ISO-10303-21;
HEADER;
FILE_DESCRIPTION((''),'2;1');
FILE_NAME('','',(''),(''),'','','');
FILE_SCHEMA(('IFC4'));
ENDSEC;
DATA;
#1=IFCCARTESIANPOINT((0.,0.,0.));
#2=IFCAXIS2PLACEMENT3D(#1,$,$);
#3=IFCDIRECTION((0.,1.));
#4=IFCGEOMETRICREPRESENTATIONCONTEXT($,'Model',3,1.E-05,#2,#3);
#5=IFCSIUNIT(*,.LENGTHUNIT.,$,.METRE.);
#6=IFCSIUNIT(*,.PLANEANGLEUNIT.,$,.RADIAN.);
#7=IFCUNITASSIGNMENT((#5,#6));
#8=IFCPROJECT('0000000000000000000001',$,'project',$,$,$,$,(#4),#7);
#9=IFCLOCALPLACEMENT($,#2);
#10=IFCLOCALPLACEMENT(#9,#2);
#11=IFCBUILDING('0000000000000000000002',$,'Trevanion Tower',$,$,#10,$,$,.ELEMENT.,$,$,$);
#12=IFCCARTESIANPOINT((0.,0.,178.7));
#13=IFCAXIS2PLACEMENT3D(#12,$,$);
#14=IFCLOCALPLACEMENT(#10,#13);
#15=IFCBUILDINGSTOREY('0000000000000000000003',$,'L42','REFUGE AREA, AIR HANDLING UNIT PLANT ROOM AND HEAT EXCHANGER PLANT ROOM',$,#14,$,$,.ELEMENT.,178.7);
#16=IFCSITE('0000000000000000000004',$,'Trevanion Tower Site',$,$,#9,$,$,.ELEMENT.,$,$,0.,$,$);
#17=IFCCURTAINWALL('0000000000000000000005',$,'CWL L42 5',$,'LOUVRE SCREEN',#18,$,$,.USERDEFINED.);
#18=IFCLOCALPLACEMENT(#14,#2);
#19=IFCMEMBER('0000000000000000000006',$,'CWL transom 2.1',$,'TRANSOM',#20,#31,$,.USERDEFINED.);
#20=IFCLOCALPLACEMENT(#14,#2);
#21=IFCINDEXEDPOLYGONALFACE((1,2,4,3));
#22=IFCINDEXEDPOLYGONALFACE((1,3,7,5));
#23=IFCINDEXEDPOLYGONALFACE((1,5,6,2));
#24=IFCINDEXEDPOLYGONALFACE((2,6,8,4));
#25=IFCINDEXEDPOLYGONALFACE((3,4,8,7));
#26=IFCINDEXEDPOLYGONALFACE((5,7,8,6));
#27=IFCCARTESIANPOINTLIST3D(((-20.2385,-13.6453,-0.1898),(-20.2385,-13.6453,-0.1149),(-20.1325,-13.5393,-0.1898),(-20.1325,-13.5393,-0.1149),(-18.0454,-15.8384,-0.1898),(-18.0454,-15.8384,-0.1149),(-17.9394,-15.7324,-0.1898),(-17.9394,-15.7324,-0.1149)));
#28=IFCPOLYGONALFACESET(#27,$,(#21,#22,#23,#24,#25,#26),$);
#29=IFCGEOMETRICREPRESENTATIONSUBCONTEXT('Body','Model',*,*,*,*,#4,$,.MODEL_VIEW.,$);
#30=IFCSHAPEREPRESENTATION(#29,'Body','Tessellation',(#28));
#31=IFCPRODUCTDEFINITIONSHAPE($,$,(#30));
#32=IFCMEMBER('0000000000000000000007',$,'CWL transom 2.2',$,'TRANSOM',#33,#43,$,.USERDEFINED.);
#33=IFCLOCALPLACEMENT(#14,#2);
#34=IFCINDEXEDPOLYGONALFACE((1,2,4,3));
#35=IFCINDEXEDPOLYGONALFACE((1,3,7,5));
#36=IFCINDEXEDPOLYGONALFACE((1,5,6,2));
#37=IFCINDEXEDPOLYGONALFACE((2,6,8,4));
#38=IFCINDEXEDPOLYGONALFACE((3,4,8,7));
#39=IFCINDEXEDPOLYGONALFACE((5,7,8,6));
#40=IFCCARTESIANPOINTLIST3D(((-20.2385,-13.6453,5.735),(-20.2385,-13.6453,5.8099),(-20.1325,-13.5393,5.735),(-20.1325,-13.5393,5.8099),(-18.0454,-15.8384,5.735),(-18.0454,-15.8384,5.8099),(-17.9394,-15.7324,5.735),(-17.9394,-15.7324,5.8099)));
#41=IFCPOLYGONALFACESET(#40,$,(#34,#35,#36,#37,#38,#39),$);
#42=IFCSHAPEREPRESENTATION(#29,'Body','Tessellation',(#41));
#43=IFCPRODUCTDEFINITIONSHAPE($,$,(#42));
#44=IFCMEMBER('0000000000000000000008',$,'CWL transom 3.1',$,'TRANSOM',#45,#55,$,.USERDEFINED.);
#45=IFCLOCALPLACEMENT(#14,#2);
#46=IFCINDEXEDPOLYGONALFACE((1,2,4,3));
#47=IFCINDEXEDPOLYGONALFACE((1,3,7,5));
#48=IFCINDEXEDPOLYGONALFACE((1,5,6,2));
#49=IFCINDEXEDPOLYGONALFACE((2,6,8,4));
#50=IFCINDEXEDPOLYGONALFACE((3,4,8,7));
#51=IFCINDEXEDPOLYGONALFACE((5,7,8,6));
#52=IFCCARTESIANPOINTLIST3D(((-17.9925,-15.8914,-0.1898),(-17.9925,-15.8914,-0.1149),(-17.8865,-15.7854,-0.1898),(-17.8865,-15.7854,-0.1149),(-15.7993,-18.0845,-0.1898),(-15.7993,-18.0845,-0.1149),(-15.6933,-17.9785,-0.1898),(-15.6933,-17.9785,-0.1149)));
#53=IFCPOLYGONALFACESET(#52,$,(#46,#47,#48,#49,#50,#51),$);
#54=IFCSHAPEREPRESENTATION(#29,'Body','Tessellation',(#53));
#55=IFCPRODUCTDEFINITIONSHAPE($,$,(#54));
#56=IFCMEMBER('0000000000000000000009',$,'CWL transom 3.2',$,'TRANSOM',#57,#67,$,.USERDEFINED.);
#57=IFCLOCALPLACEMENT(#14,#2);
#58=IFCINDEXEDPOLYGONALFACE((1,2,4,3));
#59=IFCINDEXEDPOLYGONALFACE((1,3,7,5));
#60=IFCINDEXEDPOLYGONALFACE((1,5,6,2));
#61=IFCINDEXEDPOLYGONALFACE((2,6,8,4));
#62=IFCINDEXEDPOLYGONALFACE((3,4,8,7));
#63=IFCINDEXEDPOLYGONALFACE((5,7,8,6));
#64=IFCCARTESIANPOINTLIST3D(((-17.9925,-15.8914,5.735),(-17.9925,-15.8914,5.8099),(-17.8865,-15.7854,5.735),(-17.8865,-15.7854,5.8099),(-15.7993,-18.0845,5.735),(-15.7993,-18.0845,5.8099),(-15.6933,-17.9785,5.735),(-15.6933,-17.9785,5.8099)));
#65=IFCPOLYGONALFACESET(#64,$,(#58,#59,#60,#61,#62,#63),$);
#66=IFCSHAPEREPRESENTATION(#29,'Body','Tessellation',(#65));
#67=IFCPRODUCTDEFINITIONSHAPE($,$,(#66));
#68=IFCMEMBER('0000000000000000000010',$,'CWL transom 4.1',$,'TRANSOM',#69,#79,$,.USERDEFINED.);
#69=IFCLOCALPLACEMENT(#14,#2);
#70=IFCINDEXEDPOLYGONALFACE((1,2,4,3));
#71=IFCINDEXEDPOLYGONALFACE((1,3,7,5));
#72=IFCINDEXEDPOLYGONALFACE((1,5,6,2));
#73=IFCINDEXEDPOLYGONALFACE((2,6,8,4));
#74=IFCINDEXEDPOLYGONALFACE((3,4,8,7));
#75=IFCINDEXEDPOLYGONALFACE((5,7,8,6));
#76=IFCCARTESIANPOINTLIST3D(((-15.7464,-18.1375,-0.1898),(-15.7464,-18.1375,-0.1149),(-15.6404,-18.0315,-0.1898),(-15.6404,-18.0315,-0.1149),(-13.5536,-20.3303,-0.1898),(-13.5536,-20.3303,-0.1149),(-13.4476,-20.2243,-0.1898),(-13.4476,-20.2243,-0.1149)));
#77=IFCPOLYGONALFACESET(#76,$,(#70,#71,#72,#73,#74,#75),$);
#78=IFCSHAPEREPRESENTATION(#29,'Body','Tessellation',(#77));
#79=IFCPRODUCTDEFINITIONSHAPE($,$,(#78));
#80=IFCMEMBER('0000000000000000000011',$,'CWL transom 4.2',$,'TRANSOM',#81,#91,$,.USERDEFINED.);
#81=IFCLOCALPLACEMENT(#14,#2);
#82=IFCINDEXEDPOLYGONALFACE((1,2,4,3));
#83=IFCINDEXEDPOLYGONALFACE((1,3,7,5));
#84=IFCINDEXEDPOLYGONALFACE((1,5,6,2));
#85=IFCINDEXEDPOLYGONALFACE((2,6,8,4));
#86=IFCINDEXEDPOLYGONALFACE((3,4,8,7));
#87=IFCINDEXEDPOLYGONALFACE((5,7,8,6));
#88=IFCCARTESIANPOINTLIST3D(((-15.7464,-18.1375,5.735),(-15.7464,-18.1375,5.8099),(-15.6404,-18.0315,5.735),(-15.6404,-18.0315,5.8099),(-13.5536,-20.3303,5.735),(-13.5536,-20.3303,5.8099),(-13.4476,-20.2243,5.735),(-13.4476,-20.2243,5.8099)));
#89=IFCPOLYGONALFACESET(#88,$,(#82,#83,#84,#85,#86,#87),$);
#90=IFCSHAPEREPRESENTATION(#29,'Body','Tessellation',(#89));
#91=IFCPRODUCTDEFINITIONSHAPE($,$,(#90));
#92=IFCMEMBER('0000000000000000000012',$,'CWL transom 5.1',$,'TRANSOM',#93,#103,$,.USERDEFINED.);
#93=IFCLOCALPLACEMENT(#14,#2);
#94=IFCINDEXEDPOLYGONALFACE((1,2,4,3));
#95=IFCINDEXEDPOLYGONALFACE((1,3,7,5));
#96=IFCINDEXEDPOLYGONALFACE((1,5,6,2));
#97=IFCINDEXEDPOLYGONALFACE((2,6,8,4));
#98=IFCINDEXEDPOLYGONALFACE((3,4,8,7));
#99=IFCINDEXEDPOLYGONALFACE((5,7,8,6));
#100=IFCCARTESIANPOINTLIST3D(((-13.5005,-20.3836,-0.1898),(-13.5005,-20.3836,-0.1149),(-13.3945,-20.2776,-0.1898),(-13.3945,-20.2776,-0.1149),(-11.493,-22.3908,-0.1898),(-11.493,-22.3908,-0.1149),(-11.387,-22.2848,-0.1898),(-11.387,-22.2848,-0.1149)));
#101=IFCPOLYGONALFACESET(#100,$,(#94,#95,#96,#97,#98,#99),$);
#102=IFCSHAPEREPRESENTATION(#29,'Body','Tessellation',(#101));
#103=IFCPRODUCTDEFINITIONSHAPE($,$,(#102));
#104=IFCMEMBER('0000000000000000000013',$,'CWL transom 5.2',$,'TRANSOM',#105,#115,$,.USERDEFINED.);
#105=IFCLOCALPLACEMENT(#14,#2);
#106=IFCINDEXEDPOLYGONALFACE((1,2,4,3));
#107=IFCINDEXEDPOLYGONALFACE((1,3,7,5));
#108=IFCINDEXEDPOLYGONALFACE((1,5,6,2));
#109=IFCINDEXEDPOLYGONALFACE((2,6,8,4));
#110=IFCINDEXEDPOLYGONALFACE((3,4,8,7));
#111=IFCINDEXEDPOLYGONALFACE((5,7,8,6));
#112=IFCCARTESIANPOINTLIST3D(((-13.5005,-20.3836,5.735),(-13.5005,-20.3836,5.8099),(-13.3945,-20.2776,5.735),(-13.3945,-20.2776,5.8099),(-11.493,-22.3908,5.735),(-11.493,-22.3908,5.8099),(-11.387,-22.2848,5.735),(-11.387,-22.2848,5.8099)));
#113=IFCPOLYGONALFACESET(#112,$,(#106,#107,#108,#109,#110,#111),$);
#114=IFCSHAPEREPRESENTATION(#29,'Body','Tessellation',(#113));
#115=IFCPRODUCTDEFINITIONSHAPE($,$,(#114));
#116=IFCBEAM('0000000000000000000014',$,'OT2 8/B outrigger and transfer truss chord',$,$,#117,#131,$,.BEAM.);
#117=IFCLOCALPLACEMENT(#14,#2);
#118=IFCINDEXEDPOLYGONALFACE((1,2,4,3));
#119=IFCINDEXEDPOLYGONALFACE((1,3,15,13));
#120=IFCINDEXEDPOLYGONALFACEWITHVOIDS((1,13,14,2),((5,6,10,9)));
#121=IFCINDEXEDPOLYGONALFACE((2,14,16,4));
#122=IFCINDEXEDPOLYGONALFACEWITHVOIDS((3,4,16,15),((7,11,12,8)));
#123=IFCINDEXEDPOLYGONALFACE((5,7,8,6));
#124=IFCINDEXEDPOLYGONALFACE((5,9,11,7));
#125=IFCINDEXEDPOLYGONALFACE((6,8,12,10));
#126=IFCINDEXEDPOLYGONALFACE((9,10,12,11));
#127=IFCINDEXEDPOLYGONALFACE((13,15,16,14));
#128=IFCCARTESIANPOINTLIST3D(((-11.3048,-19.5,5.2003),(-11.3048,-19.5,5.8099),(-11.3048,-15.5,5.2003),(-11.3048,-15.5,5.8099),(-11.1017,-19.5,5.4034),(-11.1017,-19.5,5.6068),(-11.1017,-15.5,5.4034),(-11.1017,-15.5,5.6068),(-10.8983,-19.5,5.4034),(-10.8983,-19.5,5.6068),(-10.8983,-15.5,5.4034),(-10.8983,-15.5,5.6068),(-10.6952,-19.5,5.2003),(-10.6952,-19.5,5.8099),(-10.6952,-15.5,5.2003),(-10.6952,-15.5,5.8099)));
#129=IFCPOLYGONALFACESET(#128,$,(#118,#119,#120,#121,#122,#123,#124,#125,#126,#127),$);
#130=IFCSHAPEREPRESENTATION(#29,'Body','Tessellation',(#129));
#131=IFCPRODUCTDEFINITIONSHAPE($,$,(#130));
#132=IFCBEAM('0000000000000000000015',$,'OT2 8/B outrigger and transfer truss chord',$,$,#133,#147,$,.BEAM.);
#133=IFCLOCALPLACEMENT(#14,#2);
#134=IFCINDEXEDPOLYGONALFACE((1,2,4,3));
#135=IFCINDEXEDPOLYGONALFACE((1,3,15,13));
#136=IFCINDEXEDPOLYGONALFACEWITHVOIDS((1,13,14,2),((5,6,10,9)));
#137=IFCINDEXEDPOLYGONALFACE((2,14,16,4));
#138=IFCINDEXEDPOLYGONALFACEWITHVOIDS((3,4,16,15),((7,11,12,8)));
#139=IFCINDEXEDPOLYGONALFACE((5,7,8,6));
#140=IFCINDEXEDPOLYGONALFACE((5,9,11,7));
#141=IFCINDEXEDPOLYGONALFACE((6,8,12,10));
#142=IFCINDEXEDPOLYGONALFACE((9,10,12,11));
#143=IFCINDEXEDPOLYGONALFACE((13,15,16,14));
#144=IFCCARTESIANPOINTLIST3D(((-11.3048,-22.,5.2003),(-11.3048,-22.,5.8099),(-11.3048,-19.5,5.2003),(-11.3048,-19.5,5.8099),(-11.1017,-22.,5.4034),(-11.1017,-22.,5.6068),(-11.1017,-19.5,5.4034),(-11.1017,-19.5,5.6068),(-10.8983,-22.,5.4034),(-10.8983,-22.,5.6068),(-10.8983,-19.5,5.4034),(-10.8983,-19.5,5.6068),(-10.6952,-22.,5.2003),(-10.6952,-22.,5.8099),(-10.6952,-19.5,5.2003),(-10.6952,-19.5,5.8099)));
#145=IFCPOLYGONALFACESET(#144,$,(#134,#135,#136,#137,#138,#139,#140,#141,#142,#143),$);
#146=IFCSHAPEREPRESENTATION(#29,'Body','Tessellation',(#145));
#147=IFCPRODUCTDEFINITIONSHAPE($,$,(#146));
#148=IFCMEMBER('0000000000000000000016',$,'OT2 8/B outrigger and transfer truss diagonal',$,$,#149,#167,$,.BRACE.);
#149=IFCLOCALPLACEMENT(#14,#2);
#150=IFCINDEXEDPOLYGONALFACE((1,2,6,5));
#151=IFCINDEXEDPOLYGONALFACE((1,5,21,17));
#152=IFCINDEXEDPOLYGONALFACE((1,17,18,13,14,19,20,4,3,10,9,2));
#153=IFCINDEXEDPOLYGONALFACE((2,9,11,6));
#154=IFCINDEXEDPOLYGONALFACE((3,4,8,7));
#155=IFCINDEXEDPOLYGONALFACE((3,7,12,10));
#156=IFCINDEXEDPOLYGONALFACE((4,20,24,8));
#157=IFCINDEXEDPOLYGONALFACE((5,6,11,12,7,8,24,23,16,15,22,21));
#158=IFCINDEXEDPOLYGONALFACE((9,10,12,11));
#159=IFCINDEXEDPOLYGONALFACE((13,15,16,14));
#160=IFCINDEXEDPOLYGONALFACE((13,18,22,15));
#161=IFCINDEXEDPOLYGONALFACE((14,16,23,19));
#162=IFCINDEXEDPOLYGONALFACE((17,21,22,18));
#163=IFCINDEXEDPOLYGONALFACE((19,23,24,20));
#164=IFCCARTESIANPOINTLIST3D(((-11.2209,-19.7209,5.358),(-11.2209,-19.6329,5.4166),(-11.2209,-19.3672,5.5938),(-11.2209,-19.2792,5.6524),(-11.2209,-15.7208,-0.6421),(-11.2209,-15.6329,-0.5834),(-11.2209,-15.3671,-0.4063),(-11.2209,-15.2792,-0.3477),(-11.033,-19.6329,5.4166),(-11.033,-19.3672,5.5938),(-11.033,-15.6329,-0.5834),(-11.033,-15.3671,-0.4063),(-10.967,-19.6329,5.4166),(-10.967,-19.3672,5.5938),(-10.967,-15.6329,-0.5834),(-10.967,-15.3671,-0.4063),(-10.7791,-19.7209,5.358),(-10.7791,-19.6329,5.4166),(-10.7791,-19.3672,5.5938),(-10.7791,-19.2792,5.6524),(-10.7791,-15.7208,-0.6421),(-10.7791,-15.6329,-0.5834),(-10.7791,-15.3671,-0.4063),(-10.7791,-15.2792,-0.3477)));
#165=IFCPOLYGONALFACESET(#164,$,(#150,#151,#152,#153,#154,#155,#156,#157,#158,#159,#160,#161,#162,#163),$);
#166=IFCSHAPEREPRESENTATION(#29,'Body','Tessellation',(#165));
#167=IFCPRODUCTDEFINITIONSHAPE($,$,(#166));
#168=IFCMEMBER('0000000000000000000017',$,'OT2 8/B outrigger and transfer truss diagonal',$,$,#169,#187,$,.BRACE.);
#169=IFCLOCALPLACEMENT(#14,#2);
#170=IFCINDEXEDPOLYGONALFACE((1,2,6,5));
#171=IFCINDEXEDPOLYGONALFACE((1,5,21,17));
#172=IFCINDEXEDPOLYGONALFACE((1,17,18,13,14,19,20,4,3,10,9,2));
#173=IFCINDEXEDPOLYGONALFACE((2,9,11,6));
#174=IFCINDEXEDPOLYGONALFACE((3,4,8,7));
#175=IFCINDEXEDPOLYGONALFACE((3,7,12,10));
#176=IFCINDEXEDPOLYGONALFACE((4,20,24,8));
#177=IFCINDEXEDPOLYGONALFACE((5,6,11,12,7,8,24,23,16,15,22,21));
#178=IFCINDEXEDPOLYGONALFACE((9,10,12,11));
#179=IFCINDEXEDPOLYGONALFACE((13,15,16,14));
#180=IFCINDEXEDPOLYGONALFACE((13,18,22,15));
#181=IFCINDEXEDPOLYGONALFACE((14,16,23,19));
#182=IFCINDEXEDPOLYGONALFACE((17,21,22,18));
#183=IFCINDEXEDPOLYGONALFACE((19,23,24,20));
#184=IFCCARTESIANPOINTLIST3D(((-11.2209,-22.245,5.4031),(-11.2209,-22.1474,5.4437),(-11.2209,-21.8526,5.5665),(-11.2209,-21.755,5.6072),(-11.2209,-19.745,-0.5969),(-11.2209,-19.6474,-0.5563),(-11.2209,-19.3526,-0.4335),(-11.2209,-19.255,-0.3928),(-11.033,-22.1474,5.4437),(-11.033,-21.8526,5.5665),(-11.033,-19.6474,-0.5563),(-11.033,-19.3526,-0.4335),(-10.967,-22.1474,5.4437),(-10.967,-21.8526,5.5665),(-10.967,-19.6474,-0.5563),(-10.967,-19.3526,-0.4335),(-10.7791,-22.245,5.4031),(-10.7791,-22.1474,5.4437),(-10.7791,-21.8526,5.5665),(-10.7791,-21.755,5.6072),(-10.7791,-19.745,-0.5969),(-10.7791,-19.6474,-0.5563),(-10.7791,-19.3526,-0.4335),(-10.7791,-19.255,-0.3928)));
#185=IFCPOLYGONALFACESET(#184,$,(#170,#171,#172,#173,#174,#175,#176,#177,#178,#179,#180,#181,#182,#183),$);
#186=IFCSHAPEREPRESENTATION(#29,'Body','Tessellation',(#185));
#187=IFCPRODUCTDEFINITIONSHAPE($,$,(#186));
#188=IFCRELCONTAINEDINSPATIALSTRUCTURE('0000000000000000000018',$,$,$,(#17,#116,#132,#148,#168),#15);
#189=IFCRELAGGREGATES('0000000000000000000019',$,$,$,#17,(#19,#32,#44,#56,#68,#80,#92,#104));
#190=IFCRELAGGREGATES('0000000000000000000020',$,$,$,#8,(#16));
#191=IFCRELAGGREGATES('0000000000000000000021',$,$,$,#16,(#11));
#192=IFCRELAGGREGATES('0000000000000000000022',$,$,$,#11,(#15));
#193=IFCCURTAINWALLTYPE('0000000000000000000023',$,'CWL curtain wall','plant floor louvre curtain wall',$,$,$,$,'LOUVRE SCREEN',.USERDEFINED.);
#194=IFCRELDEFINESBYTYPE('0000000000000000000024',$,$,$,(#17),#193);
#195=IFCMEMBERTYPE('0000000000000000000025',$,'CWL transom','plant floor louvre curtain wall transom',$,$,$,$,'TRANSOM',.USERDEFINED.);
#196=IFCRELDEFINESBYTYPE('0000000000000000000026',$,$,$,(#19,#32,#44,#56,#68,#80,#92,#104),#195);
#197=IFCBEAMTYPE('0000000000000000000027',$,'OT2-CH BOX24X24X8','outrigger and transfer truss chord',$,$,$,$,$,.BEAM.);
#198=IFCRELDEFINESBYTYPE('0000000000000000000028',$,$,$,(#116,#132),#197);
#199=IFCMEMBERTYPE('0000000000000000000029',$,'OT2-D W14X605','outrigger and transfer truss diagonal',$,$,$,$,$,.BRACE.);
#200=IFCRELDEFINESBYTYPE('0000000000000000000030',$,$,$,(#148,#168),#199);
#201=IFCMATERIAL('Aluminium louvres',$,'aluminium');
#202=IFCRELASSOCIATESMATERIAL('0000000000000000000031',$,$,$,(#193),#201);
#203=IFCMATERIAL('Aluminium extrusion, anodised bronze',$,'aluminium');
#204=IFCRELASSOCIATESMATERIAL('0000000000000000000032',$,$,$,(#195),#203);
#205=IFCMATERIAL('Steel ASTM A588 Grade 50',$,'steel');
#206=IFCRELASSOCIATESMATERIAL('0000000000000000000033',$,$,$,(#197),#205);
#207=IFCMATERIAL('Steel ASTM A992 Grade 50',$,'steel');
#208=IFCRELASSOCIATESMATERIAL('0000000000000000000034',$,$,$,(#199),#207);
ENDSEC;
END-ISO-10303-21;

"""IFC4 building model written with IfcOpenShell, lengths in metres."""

from ifc_helpers import new_model, si_unit, direction, frame, origin, origin_2d, place, context, subcontext, project, spatial, rectangle, hollow_rectangle, i_section, extrude, material, material_profile, profile_set, type_object, element, aggregate, save


model = new_model("IFC4")

# Units and contexts
model_context = context("Model", 3, precision=1e-05, world=origin(), true_north=direction((0.0, 1.0)))
body_context = subcontext(model_context, "Body", "Model", "MODEL_VIEW")
ifc_project = project(units=[si_unit("LENGTHUNIT", "METRE"), si_unit("PLANEANGLEUNIT", "RADIAN")], contexts=[model_context])

# Site, building, storey
site_placement = place(None, origin())
site = spatial("IfcSite", under=ifc_project, at=site_placement, Name="Trevanion Tower Site", CompositionType="ELEMENT", RefElevation=0.0)
building_placement = place(site_placement, origin())
building = spatial("IfcBuilding", under=site, at=building_placement, Name="Trevanion Tower", CompositionType="ELEMENT")
storey_placement = place(building_placement, frame((0.0, 0.0, 178.7)))
storey = spatial("IfcBuildingStorey", under=building, at=storey_placement, Name="L42", Description="REFUGE AREA, AIR HANDLING UNIT PLANT ROOM AND HEAT EXCHANGER PLANT ROOM", CompositionType="ELEMENT", Elevation=178.7)

# Curtain wall, members
ifc_material_1 = material(Name="Aluminium louvres", Category="aluminium")
curtain_wall_type = type_object("IfcCurtainWallType", Name="CWL curtain wall", Description="plant floor louvre curtain wall", ElementType="LOUVRE SCREEN", PredefinedType="USERDEFINED", material=ifc_material_1)
curtain_wall_placement = place(storey_placement, origin())
curtain_wall = element("IfcCurtainWall", 1, at=curtain_wall_placement, inside=storey, type_object=curtain_wall_type, Name="CWL L42 5", ObjectType="LOUVRE SCREEN", PredefinedType="USERDEFINED")
ifc_material_2 = material(Name="Aluminium extrusion, anodised bronze", Category="aluminium")
ifc_material_profile_1 = material_profile(ifc_material_2, rectangle(XDim=0.1499, YDim=0.075, at=origin_2d()), Name="CWL transom")
ifc_profile_set_1 = profile_set([ifc_material_profile_1], Name="Aluminium extrusion, anodised bronze")
member_type_1 = type_object("IfcMemberType", Name="CWL transom", Description="plant floor louvre curtain wall transom", ElementType="TRANSOM", PredefinedType="USERDEFINED", material=ifc_profile_set_1)
member_1_placement = place(storey_placement, frame((-20.1855, -13.5923, -0.1523), z_axis=(0.707107, -0.707107, 0.0), x_axis=(0.707107, 0.707107, 0.0)))
member_1 = element("IfcMember", 2, at=member_1_placement, type_object=member_type_1, Name="CWL transom 2.1", ObjectType="TRANSOM", PredefinedType="USERDEFINED", context=body_context, shape_type="SweptSolid", body=[
    extrude(rectangle(XDim=0.1499, YDim=0.075, at=origin_2d()), origin(), (0.0, 0.0, 1.0), 3.1016),
])
member_2_placement = place(storey_placement, frame((-20.1855, -13.5923, 5.7725), z_axis=(0.707107, -0.707107, 0.0), x_axis=(0.707107, 0.707107, 0.0)))
member_2 = element("IfcMember", 3, at=member_2_placement, type_object=member_type_1, Name="CWL transom 2.2", ObjectType="TRANSOM", PredefinedType="USERDEFINED", context=body_context, shape_type="SweptSolid", body=[
    extrude(rectangle(XDim=0.1499, YDim=0.075, at=origin_2d()), origin(), (0.0, 0.0, 1.0), 3.1016),
])
member_3_placement = place(storey_placement, frame((-17.9395, -15.8384, -0.1523), z_axis=(0.707107, -0.707107, 0.0), x_axis=(0.707107, 0.707107, 0.0)))
member_3 = element("IfcMember", 4, at=member_3_placement, type_object=member_type_1, Name="CWL transom 3.1", ObjectType="TRANSOM", PredefinedType="USERDEFINED", context=body_context, shape_type="SweptSolid", body=[
    extrude(rectangle(XDim=0.1499, YDim=0.075, at=origin_2d()), origin(), (0.0, 0.0, 1.0), 3.1016),
])
member_4_placement = place(storey_placement, frame((-17.9395, -15.8384, 5.7725), z_axis=(0.707107, -0.707107, 0.0), x_axis=(0.707107, 0.707107, 0.0)))
member_4 = element("IfcMember", 5, at=member_4_placement, type_object=member_type_1, Name="CWL transom 3.2", ObjectType="TRANSOM", PredefinedType="USERDEFINED", context=body_context, shape_type="SweptSolid", body=[
    extrude(rectangle(XDim=0.1499, YDim=0.075, at=origin_2d()), origin(), (0.0, 0.0, 1.0), 3.1016),
])
member_5_placement = place(storey_placement, frame((-15.6934, -18.0845, -0.1523), z_axis=(0.707107, -0.707107, 0.0), x_axis=(0.707107, 0.707107, 0.0)))
member_5 = element("IfcMember", 6, at=member_5_placement, type_object=member_type_1, Name="CWL transom 4.1", ObjectType="TRANSOM", PredefinedType="USERDEFINED", context=body_context, shape_type="SweptSolid", body=[
    extrude(rectangle(XDim=0.1499, YDim=0.075, at=origin_2d()), origin(), (0.0, 0.0, 1.0), 3.1011),
])
member_6_placement = place(storey_placement, frame((-15.6934, -18.0845, 5.7725), z_axis=(0.707107, -0.707107, 0.0), x_axis=(0.707107, 0.707107, 0.0)))
member_6 = element("IfcMember", 7, at=member_6_placement, type_object=member_type_1, Name="CWL transom 4.2", ObjectType="TRANSOM", PredefinedType="USERDEFINED", context=body_context, shape_type="SweptSolid", body=[
    extrude(rectangle(XDim=0.1499, YDim=0.075, at=origin_2d()), origin(), (0.0, 0.0, 1.0), 3.1011),
])
member_7_placement = place(storey_placement, frame((-13.4475, -20.3306, -0.1523), z_axis=(0.70715, -0.707064, 0.0), x_axis=(0.707064, 0.70715, 0.0)))
member_7 = element("IfcMember", 8, at=member_7_placement, type_object=member_type_1, Name="CWL transom 5.1", ObjectType="TRANSOM", PredefinedType="USERDEFINED", context=body_context, shape_type="SweptSolid", body=[
    extrude(rectangle(XDim=0.1499, YDim=0.075, at=origin_2d()), origin(), (0.0, 0.0, 1.0), 2.8389),
])
member_8_placement = place(storey_placement, frame((-13.4475, -20.3306, 5.7725), z_axis=(0.70715, -0.707064, 0.0), x_axis=(0.707064, 0.70715, 0.0)))
member_8 = element("IfcMember", 9, at=member_8_placement, type_object=member_type_1, Name="CWL transom 5.2", ObjectType="TRANSOM", PredefinedType="USERDEFINED", context=body_context, shape_type="SweptSolid", body=[
    extrude(rectangle(XDim=0.1499, YDim=0.075, at=origin_2d()), origin(), (0.0, 0.0, 1.0), 2.8389),
])

# Beams
ifc_material_3 = material(Name="Steel ASTM A588 Grade 50", Category="steel")
ifc_material_profile_2 = material_profile(ifc_material_3, hollow_rectangle(XDim=0.6096, YDim=0.6096, WallThickness=0.2031, at=origin_2d()), Name="BOX24X24X8")
ifc_profile_set_2 = profile_set([ifc_material_profile_2], Name="Steel ASTM A588 Grade 50")
beam_type_1 = type_object("IfcBeamType", Name="OT2-CH BOX24X24X8", Description="outrigger and transfer truss chord", PredefinedType="BEAM", material=ifc_profile_set_2)
beam_1_placement = place(storey_placement, frame((-11.0, -15.5, 5.5051), z_axis=(0.0, -1.0, 0.0), x_axis=(1.0, 0.0, 0.0)))
element("IfcBeam", 10, at=beam_1_placement, inside=storey, type_object=beam_type_1, Name="OT2 8/B outrigger and transfer truss chord", PredefinedType="BEAM", context=body_context, shape_type="SweptSolid", body=[
    extrude(hollow_rectangle(XDim=0.6096, YDim=0.6096, WallThickness=0.2031, at=origin_2d()), origin(), (0.0, 0.0, 1.0), 4.0),
])
beam_2_placement = place(storey_placement, frame((-11.0, -19.5, 5.5051), z_axis=(0.0, -1.0, 0.0), x_axis=(1.0, 0.0, 0.0)))
element("IfcBeam", 11, at=beam_2_placement, inside=storey, type_object=beam_type_1, Name="OT2 8/B outrigger and transfer truss chord", PredefinedType="BEAM", context=body_context, shape_type="SweptSolid", body=[
    extrude(hollow_rectangle(XDim=0.6096, YDim=0.6096, WallThickness=0.2031, at=origin_2d()), origin(), (0.0, 0.0, 1.0), 2.5),
])

# Members
ifc_material_4 = material(Name="Steel ASTM A992 Grade 50", Category="steel")
ifc_material_profile_3 = material_profile(ifc_material_4, i_section(OverallWidth=0.4419, OverallDepth=0.5308, WebThickness=0.0659, FlangeThickness=0.1057, at=origin_2d()), Name="W14X605")
ifc_profile_set_3 = profile_set([ifc_material_profile_3], Name="Steel ASTM A992 Grade 50")
member_type_2 = type_object("IfcMemberType", Name="OT2-D W14X605", Description="outrigger and transfer truss diagonal", PredefinedType="BRACE", material=ifc_profile_set_3)
member_9_placement = place(storey_placement, frame((-11.0, -15.5, -0.4949), z_axis=(0.0, -0.5547, 0.83205), x_axis=(1.0, 0.0, 0.0)))
element("IfcMember", 12, at=member_9_placement, inside=storey, type_object=member_type_2, Name="OT2 8/B outrigger and transfer truss diagonal", PredefinedType="BRACE", context=body_context, shape_type="SweptSolid", body=[
    extrude(i_section(OverallWidth=0.4419, OverallDepth=0.5308, WebThickness=0.0659, FlangeThickness=0.1057, at=origin_2d()), origin(), (0.0, 0.0, 1.0), 7.2112),
])
member_10_placement = place(storey_placement, frame((-11.0, -19.5, -0.4949), z_axis=(0.0, -0.384615, 0.923077), x_axis=(1.0, 0.0, 0.0)))
element("IfcMember", 13, at=member_10_placement, inside=storey, type_object=member_type_2, Name="OT2 8/B outrigger and transfer truss diagonal", PredefinedType="BRACE", context=body_context, shape_type="SweptSolid", body=[
    extrude(i_section(OverallWidth=0.4419, OverallDepth=0.5308, WebThickness=0.0659, FlangeThickness=0.1057, at=origin_2d()), origin(), (0.0, 0.0, 1.0), 6.5),
])

aggregate(curtain_wall, [member_1, member_2, member_3, member_4, member_5, member_6, member_7, member_8])

save(model, "model.ifc")
